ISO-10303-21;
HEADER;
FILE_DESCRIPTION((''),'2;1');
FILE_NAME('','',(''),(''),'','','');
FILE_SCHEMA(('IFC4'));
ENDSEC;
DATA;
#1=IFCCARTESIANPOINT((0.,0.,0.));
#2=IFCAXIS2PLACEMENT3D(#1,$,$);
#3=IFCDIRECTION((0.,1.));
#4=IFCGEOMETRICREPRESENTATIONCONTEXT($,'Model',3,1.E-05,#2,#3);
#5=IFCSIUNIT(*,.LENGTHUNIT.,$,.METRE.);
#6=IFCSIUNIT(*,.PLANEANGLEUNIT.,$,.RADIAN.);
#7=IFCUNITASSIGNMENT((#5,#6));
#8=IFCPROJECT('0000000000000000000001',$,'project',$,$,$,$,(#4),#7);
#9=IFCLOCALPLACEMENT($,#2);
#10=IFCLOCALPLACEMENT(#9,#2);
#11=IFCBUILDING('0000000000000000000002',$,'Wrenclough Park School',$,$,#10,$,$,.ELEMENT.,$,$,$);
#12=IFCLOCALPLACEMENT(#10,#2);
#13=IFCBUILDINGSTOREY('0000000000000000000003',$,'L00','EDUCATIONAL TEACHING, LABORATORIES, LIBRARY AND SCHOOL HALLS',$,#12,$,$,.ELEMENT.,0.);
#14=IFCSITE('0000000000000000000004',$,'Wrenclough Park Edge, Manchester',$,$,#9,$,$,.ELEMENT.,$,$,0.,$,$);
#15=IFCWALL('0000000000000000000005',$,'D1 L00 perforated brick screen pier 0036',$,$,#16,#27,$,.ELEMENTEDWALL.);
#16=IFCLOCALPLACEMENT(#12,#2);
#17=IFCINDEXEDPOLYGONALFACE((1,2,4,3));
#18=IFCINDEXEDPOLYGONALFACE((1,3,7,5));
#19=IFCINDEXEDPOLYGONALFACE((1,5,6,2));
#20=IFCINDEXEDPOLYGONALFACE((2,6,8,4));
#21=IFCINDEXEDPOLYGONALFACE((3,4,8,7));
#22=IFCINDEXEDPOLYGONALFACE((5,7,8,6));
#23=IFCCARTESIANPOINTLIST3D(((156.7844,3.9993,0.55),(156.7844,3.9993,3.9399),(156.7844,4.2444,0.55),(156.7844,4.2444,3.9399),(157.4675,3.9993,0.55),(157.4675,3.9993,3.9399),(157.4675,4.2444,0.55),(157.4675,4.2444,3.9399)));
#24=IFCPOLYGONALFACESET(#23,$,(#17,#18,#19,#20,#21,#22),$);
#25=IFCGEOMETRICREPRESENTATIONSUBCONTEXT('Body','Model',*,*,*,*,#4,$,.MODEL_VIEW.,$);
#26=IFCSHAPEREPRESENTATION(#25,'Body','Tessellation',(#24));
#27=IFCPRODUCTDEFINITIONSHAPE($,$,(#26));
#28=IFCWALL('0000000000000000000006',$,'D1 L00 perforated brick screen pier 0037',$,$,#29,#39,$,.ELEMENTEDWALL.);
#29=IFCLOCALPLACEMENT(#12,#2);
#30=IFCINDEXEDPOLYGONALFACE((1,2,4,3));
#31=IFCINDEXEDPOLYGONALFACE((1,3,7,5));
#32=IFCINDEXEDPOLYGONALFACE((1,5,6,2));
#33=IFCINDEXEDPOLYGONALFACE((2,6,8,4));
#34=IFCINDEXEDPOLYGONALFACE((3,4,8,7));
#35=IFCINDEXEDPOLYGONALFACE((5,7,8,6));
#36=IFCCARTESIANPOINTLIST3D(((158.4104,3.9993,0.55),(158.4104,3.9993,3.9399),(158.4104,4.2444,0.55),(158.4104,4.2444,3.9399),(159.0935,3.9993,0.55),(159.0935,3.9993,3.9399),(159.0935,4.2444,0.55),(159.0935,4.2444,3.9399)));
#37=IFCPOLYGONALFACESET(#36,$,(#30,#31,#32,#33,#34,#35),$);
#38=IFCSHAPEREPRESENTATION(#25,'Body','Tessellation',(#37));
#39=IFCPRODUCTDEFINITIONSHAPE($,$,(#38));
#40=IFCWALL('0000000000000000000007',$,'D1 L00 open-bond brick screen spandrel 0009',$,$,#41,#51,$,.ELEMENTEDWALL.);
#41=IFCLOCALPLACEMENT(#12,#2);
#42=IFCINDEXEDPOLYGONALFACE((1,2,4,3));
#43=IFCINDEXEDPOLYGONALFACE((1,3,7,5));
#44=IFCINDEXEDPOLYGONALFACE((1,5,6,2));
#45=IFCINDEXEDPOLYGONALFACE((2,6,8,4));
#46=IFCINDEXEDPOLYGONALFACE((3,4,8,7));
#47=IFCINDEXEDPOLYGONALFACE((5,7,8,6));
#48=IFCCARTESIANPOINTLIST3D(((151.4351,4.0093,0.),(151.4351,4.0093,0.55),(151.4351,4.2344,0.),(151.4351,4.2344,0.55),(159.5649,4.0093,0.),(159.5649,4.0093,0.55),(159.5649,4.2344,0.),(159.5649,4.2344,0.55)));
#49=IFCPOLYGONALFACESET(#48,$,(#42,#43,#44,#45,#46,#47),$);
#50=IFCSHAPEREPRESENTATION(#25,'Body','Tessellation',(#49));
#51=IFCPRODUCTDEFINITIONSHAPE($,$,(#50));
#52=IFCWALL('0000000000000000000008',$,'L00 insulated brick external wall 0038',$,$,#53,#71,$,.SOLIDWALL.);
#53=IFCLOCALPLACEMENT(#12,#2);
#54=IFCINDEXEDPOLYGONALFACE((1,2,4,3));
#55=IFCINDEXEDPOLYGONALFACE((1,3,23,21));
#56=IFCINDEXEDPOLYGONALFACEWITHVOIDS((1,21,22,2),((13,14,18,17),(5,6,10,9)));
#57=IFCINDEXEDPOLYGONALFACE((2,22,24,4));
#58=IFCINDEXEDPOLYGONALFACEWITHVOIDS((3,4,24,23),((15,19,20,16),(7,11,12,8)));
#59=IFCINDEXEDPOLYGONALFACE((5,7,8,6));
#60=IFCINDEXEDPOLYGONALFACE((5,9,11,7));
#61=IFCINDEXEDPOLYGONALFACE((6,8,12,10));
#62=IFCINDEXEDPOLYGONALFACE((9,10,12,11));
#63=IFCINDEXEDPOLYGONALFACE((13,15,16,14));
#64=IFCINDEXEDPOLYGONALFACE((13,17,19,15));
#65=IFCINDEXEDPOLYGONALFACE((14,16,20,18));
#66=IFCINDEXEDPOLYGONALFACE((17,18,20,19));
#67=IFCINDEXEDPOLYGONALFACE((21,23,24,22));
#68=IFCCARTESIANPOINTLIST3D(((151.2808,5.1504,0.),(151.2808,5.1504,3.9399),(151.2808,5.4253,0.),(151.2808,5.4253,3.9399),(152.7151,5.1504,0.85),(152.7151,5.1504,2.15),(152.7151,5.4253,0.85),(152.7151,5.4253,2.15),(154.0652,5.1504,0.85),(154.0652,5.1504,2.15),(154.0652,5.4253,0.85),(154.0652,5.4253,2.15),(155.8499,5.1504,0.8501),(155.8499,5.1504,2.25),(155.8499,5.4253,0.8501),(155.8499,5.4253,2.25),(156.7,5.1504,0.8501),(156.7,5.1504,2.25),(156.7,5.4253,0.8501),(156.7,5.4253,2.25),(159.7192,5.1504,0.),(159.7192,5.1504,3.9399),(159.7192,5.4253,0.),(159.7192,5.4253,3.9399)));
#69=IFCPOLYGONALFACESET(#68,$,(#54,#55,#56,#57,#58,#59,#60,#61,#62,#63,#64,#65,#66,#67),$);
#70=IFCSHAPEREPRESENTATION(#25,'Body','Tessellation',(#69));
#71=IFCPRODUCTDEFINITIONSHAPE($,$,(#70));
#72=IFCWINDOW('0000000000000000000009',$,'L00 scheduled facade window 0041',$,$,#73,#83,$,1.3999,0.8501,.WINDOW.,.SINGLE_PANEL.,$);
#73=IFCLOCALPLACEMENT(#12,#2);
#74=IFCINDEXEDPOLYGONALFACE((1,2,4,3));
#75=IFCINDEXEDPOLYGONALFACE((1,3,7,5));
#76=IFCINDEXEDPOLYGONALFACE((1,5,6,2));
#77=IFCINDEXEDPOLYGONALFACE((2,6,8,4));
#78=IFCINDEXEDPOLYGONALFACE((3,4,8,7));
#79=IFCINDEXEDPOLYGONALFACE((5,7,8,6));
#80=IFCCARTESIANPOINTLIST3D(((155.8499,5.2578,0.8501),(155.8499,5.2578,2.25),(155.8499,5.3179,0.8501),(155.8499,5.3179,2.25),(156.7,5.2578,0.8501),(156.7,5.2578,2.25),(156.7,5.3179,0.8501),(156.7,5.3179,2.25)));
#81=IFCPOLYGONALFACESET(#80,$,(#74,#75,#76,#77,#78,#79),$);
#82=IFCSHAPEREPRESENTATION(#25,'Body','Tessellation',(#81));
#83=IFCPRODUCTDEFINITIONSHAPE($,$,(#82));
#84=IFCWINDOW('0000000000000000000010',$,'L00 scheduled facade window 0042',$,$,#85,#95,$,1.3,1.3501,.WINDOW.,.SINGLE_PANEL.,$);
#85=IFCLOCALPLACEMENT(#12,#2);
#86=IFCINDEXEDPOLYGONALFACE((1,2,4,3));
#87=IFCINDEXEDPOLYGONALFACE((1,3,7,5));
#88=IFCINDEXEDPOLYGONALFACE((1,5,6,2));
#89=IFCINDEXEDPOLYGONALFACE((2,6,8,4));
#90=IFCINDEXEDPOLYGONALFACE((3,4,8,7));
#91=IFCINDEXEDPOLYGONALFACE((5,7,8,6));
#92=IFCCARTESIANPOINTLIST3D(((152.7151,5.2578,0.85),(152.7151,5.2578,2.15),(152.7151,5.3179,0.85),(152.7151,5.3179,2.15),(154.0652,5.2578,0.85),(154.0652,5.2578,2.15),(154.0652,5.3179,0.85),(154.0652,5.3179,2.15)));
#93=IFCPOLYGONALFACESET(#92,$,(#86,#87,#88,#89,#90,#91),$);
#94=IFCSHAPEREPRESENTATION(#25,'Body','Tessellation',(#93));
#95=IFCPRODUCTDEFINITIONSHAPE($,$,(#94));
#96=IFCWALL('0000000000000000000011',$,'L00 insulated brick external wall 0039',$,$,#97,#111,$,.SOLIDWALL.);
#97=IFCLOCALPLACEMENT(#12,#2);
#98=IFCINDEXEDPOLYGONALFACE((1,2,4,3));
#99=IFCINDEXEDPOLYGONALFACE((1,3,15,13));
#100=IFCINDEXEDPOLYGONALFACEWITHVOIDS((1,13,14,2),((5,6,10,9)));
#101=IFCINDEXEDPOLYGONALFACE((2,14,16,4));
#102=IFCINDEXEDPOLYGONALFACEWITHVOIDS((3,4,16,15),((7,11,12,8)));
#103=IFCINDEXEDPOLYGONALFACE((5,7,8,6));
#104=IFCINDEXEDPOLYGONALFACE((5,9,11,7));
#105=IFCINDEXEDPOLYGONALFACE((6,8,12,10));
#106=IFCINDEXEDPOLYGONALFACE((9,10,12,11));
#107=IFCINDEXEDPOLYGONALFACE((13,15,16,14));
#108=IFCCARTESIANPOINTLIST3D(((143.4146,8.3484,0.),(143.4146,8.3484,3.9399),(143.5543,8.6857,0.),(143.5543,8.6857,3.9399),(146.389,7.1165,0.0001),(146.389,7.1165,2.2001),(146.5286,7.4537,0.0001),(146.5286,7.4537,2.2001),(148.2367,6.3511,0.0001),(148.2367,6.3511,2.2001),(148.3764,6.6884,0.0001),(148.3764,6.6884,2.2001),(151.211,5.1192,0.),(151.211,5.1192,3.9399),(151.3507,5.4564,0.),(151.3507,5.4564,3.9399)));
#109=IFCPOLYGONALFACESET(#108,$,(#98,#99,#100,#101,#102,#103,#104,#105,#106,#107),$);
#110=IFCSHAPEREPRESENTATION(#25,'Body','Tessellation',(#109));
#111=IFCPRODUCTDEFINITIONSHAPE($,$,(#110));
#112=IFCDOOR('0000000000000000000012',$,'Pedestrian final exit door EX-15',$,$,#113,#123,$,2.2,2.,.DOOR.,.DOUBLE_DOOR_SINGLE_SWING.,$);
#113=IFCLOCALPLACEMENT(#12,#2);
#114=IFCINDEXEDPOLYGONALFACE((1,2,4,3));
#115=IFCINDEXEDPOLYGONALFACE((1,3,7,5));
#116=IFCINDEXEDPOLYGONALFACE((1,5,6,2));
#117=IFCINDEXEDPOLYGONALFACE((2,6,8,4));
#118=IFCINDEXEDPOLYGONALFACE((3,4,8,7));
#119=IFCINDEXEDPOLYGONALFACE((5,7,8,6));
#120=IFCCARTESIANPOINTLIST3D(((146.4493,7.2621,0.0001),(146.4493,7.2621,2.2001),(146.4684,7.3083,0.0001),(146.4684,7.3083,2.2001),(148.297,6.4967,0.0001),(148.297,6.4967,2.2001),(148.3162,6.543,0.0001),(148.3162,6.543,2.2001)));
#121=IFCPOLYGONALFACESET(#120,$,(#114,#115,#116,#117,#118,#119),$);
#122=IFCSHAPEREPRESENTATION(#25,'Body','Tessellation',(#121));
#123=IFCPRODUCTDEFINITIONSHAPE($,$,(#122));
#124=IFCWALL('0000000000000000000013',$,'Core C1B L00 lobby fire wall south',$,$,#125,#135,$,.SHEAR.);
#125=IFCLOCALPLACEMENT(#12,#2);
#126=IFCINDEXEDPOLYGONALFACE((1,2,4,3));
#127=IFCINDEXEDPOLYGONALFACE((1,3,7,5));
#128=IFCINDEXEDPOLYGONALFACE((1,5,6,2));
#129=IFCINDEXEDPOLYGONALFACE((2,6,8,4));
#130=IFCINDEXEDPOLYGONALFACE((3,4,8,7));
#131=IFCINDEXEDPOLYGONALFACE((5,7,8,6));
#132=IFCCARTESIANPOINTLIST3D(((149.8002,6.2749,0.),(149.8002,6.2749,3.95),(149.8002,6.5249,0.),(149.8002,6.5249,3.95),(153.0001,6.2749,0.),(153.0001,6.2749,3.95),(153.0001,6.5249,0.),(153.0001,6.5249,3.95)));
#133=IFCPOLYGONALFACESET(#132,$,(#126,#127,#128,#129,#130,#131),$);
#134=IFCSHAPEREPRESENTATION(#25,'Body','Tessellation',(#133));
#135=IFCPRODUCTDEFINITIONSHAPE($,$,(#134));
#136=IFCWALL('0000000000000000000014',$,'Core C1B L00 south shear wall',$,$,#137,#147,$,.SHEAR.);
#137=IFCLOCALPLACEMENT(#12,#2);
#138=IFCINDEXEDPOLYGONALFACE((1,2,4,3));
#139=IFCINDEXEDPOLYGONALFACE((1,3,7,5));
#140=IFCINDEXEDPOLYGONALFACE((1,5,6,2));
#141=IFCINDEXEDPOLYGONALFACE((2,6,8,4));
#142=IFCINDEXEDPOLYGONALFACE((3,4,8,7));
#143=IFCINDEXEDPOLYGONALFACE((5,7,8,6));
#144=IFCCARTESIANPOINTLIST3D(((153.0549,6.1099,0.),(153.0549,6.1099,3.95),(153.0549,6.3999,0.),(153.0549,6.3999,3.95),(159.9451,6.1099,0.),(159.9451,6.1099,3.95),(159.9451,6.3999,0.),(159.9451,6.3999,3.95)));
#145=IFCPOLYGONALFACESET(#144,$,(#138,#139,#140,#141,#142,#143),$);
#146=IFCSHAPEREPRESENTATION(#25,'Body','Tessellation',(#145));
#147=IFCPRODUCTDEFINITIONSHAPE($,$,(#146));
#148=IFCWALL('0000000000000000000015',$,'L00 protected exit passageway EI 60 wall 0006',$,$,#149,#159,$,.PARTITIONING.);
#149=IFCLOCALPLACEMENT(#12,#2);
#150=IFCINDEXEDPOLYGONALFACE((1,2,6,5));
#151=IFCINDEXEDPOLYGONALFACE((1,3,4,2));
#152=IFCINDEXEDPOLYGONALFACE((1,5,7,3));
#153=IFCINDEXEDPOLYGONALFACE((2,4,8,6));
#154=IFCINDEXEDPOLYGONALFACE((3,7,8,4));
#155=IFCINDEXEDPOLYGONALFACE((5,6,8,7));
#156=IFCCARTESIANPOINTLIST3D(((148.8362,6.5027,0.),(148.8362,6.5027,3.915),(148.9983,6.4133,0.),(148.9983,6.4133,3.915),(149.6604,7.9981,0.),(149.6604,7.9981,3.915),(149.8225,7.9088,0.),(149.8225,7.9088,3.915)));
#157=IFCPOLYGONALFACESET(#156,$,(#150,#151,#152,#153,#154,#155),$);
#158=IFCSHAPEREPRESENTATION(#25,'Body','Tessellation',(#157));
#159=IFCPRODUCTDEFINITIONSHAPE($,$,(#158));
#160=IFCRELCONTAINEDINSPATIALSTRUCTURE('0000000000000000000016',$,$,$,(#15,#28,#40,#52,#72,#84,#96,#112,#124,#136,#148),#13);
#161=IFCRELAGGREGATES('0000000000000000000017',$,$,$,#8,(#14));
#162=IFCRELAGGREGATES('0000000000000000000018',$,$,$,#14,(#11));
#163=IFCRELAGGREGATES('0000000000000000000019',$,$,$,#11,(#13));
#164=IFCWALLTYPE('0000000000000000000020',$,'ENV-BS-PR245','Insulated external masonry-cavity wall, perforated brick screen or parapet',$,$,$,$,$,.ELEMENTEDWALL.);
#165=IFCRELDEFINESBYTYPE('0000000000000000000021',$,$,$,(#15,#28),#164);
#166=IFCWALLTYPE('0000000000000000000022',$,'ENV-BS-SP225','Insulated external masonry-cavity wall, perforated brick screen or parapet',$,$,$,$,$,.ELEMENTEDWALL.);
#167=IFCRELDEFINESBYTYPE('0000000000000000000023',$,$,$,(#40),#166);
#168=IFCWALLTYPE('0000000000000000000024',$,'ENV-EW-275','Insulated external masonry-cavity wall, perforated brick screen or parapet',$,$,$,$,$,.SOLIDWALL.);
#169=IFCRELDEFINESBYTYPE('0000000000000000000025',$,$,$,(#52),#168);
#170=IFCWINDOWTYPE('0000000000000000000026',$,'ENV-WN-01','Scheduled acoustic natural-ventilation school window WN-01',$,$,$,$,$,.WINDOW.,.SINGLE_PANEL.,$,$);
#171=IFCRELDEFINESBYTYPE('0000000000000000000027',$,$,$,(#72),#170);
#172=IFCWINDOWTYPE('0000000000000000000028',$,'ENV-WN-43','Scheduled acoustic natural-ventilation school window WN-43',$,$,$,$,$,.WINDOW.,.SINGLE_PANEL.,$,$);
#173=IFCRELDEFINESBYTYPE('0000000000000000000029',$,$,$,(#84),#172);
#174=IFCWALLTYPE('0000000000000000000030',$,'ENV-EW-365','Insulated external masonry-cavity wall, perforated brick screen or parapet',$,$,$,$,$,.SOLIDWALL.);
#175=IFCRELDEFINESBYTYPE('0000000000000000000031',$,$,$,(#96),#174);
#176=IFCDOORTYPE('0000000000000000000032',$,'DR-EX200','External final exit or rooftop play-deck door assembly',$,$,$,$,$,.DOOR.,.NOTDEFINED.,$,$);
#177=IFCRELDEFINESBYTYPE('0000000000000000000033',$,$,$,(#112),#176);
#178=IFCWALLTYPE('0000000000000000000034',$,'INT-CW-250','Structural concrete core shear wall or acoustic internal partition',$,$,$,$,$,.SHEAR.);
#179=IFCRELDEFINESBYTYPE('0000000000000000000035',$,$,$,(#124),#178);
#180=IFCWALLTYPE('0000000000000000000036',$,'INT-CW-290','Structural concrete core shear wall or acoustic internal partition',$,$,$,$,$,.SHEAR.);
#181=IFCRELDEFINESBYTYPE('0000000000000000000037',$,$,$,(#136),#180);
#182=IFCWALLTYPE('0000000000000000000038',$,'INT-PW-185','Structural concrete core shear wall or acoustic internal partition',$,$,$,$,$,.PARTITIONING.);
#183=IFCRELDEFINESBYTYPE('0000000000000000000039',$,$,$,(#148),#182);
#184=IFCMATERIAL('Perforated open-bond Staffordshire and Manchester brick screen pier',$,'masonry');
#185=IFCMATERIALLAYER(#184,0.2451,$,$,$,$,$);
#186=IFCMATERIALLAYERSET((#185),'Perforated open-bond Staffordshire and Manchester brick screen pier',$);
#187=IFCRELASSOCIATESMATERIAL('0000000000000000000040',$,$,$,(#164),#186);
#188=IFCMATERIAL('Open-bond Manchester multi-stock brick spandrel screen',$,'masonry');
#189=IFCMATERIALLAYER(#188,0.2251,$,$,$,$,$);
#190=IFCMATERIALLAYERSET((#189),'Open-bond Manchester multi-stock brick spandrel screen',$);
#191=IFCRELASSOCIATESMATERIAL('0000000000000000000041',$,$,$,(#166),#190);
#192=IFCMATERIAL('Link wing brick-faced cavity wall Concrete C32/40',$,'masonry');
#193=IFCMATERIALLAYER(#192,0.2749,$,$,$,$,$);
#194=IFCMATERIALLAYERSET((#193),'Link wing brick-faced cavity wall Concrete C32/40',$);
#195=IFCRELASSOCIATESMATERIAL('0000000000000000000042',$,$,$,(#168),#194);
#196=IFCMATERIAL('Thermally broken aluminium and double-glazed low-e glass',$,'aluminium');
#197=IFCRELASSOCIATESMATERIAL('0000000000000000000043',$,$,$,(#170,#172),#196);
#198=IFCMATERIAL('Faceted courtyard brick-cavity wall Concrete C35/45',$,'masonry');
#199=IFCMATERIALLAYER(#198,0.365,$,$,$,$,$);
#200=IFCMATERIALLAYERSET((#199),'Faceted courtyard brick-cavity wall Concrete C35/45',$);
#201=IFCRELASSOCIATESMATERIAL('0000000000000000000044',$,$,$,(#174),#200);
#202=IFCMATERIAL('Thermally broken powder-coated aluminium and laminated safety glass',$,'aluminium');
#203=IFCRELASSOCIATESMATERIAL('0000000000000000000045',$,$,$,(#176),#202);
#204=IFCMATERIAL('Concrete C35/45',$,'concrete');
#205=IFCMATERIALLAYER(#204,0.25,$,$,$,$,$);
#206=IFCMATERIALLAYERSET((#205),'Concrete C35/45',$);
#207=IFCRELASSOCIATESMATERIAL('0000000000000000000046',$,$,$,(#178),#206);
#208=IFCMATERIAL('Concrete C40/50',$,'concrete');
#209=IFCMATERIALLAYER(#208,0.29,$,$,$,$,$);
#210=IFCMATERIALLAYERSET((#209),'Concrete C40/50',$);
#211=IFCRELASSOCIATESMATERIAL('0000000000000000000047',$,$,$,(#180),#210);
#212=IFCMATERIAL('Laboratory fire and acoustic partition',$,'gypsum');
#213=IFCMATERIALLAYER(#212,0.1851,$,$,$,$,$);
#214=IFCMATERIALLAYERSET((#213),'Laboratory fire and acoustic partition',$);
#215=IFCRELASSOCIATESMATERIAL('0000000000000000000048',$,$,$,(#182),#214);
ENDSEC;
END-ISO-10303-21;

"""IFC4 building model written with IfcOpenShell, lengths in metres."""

from ifc_helpers import new_model, si_unit, direction, frame, frame_2d, origin, place, context, subcontext, project, spatial, rectangle, extrude, material, layer, layer_set, type_object, element, fill, save


model = new_model("IFC4")

# Units and contexts
model_context = context("Model", 3, precision=1e-05, world=origin(), true_north=direction((0.0, 1.0)))
body_context = subcontext(model_context, "Body", "Model", "MODEL_VIEW")
ifc_project = project(units=[si_unit("LENGTHUNIT", "METRE"), si_unit("PLANEANGLEUNIT", "RADIAN")], contexts=[model_context])

# Site, building, storey
site_placement = place(None, origin())
site = spatial("IfcSite", under=ifc_project, at=site_placement, Name="Wrenclough Park Edge, Manchester", CompositionType="ELEMENT", RefElevation=0.0)
building_placement = place(site_placement, origin())
building = spatial("IfcBuilding", under=site, at=building_placement, Name="Wrenclough Park School", CompositionType="ELEMENT")
storey_placement = place(building_placement, origin())
storey = spatial("IfcBuildingStorey", under=building, at=storey_placement, Name="L00", Description="EDUCATIONAL TEACHING, LABORATORIES, LIBRARY AND SCHOOL HALLS", CompositionType="ELEMENT", Elevation=0.0)

# Shared definitions
ifc_material_1 = material(Name="Concrete C35/45", Category="concrete")

# Shared definitions
ifc_material_2 = material(Name="Concrete C40/50", Category="concrete")

# Walls
ifc_material_3 = material(Name="Perforated open-bond Staffordshire and Manchester brick screen pier", Category="masonry")
ifc_layer_1 = layer(ifc_material_3, 0.2451)
ifc_layer_set_1 = layer_set([ifc_layer_1], Name="Perforated open-bond Staffordshire and Manchester brick screen pier")
wall_type_1 = type_object("IfcWallType", Name="ENV-BS-PR245", Description="Insulated external masonry-cavity wall, perforated brick screen or parapet", PredefinedType="ELEMENTEDWALL", material=ifc_layer_set_1)
for number, where, z_axis, x_axis, name in (
    (1, (156.7844, 4.1218, 0.55), (0.0, 0.0, 1.0), (1.0, 0.0, 0.0), "D1 L00 perforated brick screen pier 0036"),
    (2, (158.4104, 4.1218, 0.55), (0.0, 0.0, 1.0), (1.0, 0.0, 0.0), "D1 L00 perforated brick screen pier 0037"),
):
    element("IfcWall", number, at=place(storey_placement, frame(where, z_axis=z_axis, x_axis=x_axis)), inside=storey, type_object=wall_type_1, Name=name, PredefinedType="ELEMENTEDWALL", context=body_context, shape_type="SweptSolid", body=[
        extrude(rectangle(XDim=0.6831, YDim=0.2451, at=frame_2d((0.3416, 0.0))), origin(), (0.0, 0.0, 1.0), 3.3899),
    ])
ifc_material_4 = material(Name="Open-bond Manchester multi-stock brick spandrel screen", Category="masonry")
ifc_layer_2 = layer(ifc_material_4, 0.2251)
ifc_layer_set_2 = layer_set([ifc_layer_2], Name="Open-bond Manchester multi-stock brick spandrel screen")
wall_type_2 = type_object("IfcWallType", Name="ENV-BS-SP225", Description="Insulated external masonry-cavity wall, perforated brick screen or parapet", PredefinedType="ELEMENTEDWALL", material=ifc_layer_set_2)
wall_1_placement = place(storey_placement, frame((151.4351, 4.1218, 0.0), z_axis=(0.0, 0.0, 1.0), x_axis=(1.0, 0.0, 0.0)))
element("IfcWall", 3, at=wall_1_placement, inside=storey, type_object=wall_type_2, Name="D1 L00 open-bond brick screen spandrel 0009", PredefinedType="ELEMENTEDWALL", context=body_context, shape_type="SweptSolid", body=[
    extrude(rectangle(XDim=8.1299, YDim=0.2251, at=frame_2d((4.0649, 0.0))), origin(), (0.0, 0.0, 1.0), 0.55),
])

# Wall, openings, windows
ifc_material_5 = material(Name="Link wing brick-faced cavity wall Concrete C32/40", Category="masonry")
ifc_layer_3 = layer(ifc_material_5, 0.2749)
ifc_layer_set_3 = layer_set([ifc_layer_3], Name="Link wing brick-faced cavity wall Concrete C32/40")
wall_type_3 = type_object("IfcWallType", Name="ENV-EW-275", Description="Insulated external masonry-cavity wall, perforated brick screen or parapet", PredefinedType="SOLIDWALL", material=ifc_layer_set_3)
wall_2_placement = place(storey_placement, frame((159.7192, 5.2878, 0.0), z_axis=(0.0, 0.0, 1.0), x_axis=(-1.0, 0.0, 0.0)))
wall_2 = element("IfcWall", 4, at=wall_2_placement, inside=storey, type_object=wall_type_3, Name="L00 insulated brick external wall 0038", PredefinedType="SOLIDWALL", context=body_context, shape_type="SweptSolid", body=[
    extrude(rectangle(XDim=8.4385, YDim=0.2749, at=frame_2d((4.2192, 0.0))), origin(), (0.0, 0.0, 1.0), 3.9399),
])
opening_1_placement = place(wall_2_placement, frame((3.0193, 0.0, 0.8501)))
opening_1 = element("IfcOpeningElement", 5, at=opening_1_placement, cuts=wall_2, PredefinedType="OPENING", context=body_context, shape_type="SweptSolid", body=[
    extrude(rectangle(XDim=0.8501, YDim=1.3999, at=frame_2d((0.425, 0.7))), frame((0.0, 0.1475, 0.0), z_axis=(0.0, -1.0, 0.0), x_axis=(1.0, 0.0, 0.0)), (0.0, 0.0, 1.0), 0.2949),
])
opening_2_placement = place(wall_2_placement, frame((5.6541, 0.0, 0.8501)))
opening_2 = element("IfcOpeningElement", 6, at=opening_2_placement, cuts=wall_2, PredefinedType="OPENING", context=body_context, shape_type="SweptSolid", body=[
    extrude(rectangle(XDim=1.3501, YDim=1.3, at=frame_2d((0.675, 0.6499))), frame((0.0, 0.1475, 0.0), z_axis=(0.0, -1.0, 0.0), x_axis=(1.0, 0.0, 0.0)), (0.0, 0.0, 1.0), 0.2949),
])
ifc_material_6 = material(Name="Thermally broken aluminium and double-glazed low-e glass", Category="aluminium")
window_type_1 = type_object("IfcWindowType", Name="ENV-WN-01", Description="Scheduled acoustic natural-ventilation school window WN-01", PartitioningType="SINGLE_PANEL", PredefinedType="WINDOW", material=ifc_material_6)
window_1_placement = place(opening_1_placement, origin())
window_1 = element("IfcWindow", 7, at=window_1_placement, inside=storey, type_object=window_type_1, Name="L00 scheduled facade window 0041", OverallHeight=1.3999, OverallWidth=0.8501, PartitioningType="SINGLE_PANEL", PredefinedType="WINDOW", context=body_context, shape_type="SweptSolid", body=[
    extrude(rectangle(XDim=0.8501, YDim=1.3999, at=frame_2d((0.425, 0.7))), frame((0.0, 0.03, 0.0), z_axis=(0.0, -1.0, 0.0), x_axis=(1.0, 0.0, 0.0)), (0.0, 0.0, 1.0), 0.0601),
])
fill(opening_1, window_1)
window_type_2 = type_object("IfcWindowType", Name="ENV-WN-43", Description="Scheduled acoustic natural-ventilation school window WN-43", PartitioningType="SINGLE_PANEL", PredefinedType="WINDOW", material=ifc_material_6)
window_2_placement = place(opening_2_placement, origin())
window_2 = element("IfcWindow", 8, at=window_2_placement, inside=storey, type_object=window_type_2, Name="L00 scheduled facade window 0042", OverallHeight=1.3, OverallWidth=1.3501, PartitioningType="SINGLE_PANEL", PredefinedType="WINDOW", context=body_context, shape_type="SweptSolid", body=[
    extrude(rectangle(XDim=1.3501, YDim=1.3, at=frame_2d((0.675, 0.6499))), frame((0.0, 0.03, 0.0), z_axis=(0.0, -1.0, 0.0), x_axis=(1.0, 0.0, 0.0)), (0.0, 0.0, 1.0), 0.0601),
])
fill(opening_2, window_2)

# Wall, opening, door
ifc_material_7 = material(Name="Faceted courtyard brick-cavity wall Concrete C35/45", Category="masonry")
ifc_layer_4 = layer(ifc_material_7, 0.365)
ifc_layer_set_4 = layer_set([ifc_layer_4], Name="Faceted courtyard brick-cavity wall Concrete C35/45")
wall_type_4 = type_object("IfcWallType", Name="ENV-EW-365", Description="Insulated external masonry-cavity wall, perforated brick screen or parapet", PredefinedType="SOLIDWALL", material=ifc_layer_set_4)
wall_3_placement = place(storey_placement, frame((151.2808, 5.2878, 0.0), z_axis=(0.0, 0.0, 1.0), x_axis=(-0.923885, 0.382671, 0.0)))
wall_3 = element("IfcWall", 9, at=wall_3_placement, inside=storey, type_object=wall_type_4, Name="L00 insulated brick external wall 0039", PredefinedType="SOLIDWALL", context=body_context, shape_type="SweptSolid", body=[
    extrude(rectangle(XDim=8.4387, YDim=0.365, at=frame_2d((4.2192, 0.0))), origin(), (0.0, 0.0, 1.0), 3.9399),
])
opening_3_placement = place(wall_3_placement, frame((3.2192, 0.0, 0.0)))
opening_3 = element("IfcOpeningElement", 10, at=opening_3_placement, cuts=wall_3, PredefinedType="OPENING", context=body_context, shape_type="SweptSolid", body=[
    extrude(rectangle(XDim=2.0, YDim=2.2, at=frame_2d((1.0, 1.1001))), frame((0.0, 0.1924, 0.0), z_axis=(0.0, -1.0, 0.0), x_axis=(1.0, 0.0, 0.0)), (0.0, 0.0, 1.0), 0.385),
])
ifc_material_8 = material(Name="Thermally broken powder-coated aluminium and laminated safety glass", Category="aluminium")
door_type = type_object("IfcDoorType", Name="DR-EX200", Description="External final exit or rooftop play-deck door assembly", OperationType="NOTDEFINED", PredefinedType="DOOR", material=ifc_material_8)
door_placement = place(opening_3_placement, origin())
door = element("IfcDoor", 11, at=door_placement, inside=storey, type_object=door_type, Name="Pedestrian final exit door EX-15", OperationType="DOUBLE_DOOR_SINGLE_SWING", OverallHeight=2.2, OverallWidth=2.0, PredefinedType="DOOR", context=body_context, shape_type="SweptSolid", body=[
    extrude(rectangle(XDim=2.0, YDim=2.2, at=frame_2d((1.0, 1.1001))), frame((0.0, 0.0249, 0.0), z_axis=(0.0, -1.0, 0.0), x_axis=(1.0, 0.0, 0.0)), (0.0, 0.0, 1.0), 0.05),
])
fill(opening_3, door)

# Walls
ifc_layer_5 = layer(ifc_material_1, 0.25)
ifc_layer_set_5 = layer_set([ifc_layer_5], Name="Concrete C35/45")
wall_type_5 = type_object("IfcWallType", Name="INT-CW-250", Description="Structural concrete core shear wall or acoustic internal partition", PredefinedType="SHEAR", material=ifc_layer_set_5)
wall_4_placement = place(storey_placement, frame((149.8, 6.3999, 0.0), z_axis=(0.0, 0.0, 1.0), x_axis=(1.0, 0.0, 0.0)))
element("IfcWall", 12, at=wall_4_placement, inside=storey, type_object=wall_type_5, Name="Core C1B L00 lobby fire wall south", PredefinedType="SHEAR", context=body_context, shape_type="SweptSolid", body=[
    extrude(rectangle(XDim=3.2, YDim=0.25, at=frame_2d((1.6001, 0.0))), origin(), (0.0, 0.0, 1.0), 3.95),
])
ifc_layer_6 = layer(ifc_material_2, 0.29)
ifc_layer_set_6 = layer_set([ifc_layer_6], Name="Concrete C40/50")
wall_type_6 = type_object("IfcWallType", Name="INT-CW-290", Description="Structural concrete core shear wall or acoustic internal partition", PredefinedType="SHEAR", material=ifc_layer_set_6)
wall_5_placement = place(storey_placement, frame((153.0549, 6.2549, 0.0), z_axis=(0.0, 0.0, 1.0), x_axis=(1.0, 0.0, 0.0)))
element("IfcWall", 13, at=wall_5_placement, inside=storey, type_object=wall_type_6, Name="Core C1B L00 south shear wall", PredefinedType="SHEAR", context=body_context, shape_type="SweptSolid", body=[
    extrude(rectangle(XDim=6.8901, YDim=0.29, at=frame_2d((3.4451, 0.0))), origin(), (0.0, 0.0, 1.0), 3.95),
])
ifc_material_9 = material(Name="Laboratory fire and acoustic partition", Category="gypsum")
ifc_layer_7 = layer(ifc_material_9, 0.1851)
ifc_layer_set_7 = layer_set([ifc_layer_7], Name="Laboratory fire and acoustic partition")
wall_type_7 = type_object("IfcWallType", Name="INT-PW-185", Description="Structural concrete core shear wall or acoustic internal partition", PredefinedType="PARTITIONING", material=ifc_layer_set_7)
wall_6_placement = place(storey_placement, frame((148.9172, 6.458, 0.0), z_axis=(0.0, 0.0, 1.0), x_axis=(0.482714, 0.875778, 0.0)))
element("IfcWall", 14, at=wall_6_placement, inside=storey, type_object=wall_type_7, Name="L00 protected exit passageway EI 60 wall 0006", PredefinedType="PARTITIONING", context=body_context, shape_type="SweptSolid", body=[
    extrude(rectangle(XDim=1.7075, YDim=0.1851, at=frame_2d((0.8538, 0.0))), origin(), (0.0, 0.0, 1.0), 3.915),
])

save(model, "model.ifc")
